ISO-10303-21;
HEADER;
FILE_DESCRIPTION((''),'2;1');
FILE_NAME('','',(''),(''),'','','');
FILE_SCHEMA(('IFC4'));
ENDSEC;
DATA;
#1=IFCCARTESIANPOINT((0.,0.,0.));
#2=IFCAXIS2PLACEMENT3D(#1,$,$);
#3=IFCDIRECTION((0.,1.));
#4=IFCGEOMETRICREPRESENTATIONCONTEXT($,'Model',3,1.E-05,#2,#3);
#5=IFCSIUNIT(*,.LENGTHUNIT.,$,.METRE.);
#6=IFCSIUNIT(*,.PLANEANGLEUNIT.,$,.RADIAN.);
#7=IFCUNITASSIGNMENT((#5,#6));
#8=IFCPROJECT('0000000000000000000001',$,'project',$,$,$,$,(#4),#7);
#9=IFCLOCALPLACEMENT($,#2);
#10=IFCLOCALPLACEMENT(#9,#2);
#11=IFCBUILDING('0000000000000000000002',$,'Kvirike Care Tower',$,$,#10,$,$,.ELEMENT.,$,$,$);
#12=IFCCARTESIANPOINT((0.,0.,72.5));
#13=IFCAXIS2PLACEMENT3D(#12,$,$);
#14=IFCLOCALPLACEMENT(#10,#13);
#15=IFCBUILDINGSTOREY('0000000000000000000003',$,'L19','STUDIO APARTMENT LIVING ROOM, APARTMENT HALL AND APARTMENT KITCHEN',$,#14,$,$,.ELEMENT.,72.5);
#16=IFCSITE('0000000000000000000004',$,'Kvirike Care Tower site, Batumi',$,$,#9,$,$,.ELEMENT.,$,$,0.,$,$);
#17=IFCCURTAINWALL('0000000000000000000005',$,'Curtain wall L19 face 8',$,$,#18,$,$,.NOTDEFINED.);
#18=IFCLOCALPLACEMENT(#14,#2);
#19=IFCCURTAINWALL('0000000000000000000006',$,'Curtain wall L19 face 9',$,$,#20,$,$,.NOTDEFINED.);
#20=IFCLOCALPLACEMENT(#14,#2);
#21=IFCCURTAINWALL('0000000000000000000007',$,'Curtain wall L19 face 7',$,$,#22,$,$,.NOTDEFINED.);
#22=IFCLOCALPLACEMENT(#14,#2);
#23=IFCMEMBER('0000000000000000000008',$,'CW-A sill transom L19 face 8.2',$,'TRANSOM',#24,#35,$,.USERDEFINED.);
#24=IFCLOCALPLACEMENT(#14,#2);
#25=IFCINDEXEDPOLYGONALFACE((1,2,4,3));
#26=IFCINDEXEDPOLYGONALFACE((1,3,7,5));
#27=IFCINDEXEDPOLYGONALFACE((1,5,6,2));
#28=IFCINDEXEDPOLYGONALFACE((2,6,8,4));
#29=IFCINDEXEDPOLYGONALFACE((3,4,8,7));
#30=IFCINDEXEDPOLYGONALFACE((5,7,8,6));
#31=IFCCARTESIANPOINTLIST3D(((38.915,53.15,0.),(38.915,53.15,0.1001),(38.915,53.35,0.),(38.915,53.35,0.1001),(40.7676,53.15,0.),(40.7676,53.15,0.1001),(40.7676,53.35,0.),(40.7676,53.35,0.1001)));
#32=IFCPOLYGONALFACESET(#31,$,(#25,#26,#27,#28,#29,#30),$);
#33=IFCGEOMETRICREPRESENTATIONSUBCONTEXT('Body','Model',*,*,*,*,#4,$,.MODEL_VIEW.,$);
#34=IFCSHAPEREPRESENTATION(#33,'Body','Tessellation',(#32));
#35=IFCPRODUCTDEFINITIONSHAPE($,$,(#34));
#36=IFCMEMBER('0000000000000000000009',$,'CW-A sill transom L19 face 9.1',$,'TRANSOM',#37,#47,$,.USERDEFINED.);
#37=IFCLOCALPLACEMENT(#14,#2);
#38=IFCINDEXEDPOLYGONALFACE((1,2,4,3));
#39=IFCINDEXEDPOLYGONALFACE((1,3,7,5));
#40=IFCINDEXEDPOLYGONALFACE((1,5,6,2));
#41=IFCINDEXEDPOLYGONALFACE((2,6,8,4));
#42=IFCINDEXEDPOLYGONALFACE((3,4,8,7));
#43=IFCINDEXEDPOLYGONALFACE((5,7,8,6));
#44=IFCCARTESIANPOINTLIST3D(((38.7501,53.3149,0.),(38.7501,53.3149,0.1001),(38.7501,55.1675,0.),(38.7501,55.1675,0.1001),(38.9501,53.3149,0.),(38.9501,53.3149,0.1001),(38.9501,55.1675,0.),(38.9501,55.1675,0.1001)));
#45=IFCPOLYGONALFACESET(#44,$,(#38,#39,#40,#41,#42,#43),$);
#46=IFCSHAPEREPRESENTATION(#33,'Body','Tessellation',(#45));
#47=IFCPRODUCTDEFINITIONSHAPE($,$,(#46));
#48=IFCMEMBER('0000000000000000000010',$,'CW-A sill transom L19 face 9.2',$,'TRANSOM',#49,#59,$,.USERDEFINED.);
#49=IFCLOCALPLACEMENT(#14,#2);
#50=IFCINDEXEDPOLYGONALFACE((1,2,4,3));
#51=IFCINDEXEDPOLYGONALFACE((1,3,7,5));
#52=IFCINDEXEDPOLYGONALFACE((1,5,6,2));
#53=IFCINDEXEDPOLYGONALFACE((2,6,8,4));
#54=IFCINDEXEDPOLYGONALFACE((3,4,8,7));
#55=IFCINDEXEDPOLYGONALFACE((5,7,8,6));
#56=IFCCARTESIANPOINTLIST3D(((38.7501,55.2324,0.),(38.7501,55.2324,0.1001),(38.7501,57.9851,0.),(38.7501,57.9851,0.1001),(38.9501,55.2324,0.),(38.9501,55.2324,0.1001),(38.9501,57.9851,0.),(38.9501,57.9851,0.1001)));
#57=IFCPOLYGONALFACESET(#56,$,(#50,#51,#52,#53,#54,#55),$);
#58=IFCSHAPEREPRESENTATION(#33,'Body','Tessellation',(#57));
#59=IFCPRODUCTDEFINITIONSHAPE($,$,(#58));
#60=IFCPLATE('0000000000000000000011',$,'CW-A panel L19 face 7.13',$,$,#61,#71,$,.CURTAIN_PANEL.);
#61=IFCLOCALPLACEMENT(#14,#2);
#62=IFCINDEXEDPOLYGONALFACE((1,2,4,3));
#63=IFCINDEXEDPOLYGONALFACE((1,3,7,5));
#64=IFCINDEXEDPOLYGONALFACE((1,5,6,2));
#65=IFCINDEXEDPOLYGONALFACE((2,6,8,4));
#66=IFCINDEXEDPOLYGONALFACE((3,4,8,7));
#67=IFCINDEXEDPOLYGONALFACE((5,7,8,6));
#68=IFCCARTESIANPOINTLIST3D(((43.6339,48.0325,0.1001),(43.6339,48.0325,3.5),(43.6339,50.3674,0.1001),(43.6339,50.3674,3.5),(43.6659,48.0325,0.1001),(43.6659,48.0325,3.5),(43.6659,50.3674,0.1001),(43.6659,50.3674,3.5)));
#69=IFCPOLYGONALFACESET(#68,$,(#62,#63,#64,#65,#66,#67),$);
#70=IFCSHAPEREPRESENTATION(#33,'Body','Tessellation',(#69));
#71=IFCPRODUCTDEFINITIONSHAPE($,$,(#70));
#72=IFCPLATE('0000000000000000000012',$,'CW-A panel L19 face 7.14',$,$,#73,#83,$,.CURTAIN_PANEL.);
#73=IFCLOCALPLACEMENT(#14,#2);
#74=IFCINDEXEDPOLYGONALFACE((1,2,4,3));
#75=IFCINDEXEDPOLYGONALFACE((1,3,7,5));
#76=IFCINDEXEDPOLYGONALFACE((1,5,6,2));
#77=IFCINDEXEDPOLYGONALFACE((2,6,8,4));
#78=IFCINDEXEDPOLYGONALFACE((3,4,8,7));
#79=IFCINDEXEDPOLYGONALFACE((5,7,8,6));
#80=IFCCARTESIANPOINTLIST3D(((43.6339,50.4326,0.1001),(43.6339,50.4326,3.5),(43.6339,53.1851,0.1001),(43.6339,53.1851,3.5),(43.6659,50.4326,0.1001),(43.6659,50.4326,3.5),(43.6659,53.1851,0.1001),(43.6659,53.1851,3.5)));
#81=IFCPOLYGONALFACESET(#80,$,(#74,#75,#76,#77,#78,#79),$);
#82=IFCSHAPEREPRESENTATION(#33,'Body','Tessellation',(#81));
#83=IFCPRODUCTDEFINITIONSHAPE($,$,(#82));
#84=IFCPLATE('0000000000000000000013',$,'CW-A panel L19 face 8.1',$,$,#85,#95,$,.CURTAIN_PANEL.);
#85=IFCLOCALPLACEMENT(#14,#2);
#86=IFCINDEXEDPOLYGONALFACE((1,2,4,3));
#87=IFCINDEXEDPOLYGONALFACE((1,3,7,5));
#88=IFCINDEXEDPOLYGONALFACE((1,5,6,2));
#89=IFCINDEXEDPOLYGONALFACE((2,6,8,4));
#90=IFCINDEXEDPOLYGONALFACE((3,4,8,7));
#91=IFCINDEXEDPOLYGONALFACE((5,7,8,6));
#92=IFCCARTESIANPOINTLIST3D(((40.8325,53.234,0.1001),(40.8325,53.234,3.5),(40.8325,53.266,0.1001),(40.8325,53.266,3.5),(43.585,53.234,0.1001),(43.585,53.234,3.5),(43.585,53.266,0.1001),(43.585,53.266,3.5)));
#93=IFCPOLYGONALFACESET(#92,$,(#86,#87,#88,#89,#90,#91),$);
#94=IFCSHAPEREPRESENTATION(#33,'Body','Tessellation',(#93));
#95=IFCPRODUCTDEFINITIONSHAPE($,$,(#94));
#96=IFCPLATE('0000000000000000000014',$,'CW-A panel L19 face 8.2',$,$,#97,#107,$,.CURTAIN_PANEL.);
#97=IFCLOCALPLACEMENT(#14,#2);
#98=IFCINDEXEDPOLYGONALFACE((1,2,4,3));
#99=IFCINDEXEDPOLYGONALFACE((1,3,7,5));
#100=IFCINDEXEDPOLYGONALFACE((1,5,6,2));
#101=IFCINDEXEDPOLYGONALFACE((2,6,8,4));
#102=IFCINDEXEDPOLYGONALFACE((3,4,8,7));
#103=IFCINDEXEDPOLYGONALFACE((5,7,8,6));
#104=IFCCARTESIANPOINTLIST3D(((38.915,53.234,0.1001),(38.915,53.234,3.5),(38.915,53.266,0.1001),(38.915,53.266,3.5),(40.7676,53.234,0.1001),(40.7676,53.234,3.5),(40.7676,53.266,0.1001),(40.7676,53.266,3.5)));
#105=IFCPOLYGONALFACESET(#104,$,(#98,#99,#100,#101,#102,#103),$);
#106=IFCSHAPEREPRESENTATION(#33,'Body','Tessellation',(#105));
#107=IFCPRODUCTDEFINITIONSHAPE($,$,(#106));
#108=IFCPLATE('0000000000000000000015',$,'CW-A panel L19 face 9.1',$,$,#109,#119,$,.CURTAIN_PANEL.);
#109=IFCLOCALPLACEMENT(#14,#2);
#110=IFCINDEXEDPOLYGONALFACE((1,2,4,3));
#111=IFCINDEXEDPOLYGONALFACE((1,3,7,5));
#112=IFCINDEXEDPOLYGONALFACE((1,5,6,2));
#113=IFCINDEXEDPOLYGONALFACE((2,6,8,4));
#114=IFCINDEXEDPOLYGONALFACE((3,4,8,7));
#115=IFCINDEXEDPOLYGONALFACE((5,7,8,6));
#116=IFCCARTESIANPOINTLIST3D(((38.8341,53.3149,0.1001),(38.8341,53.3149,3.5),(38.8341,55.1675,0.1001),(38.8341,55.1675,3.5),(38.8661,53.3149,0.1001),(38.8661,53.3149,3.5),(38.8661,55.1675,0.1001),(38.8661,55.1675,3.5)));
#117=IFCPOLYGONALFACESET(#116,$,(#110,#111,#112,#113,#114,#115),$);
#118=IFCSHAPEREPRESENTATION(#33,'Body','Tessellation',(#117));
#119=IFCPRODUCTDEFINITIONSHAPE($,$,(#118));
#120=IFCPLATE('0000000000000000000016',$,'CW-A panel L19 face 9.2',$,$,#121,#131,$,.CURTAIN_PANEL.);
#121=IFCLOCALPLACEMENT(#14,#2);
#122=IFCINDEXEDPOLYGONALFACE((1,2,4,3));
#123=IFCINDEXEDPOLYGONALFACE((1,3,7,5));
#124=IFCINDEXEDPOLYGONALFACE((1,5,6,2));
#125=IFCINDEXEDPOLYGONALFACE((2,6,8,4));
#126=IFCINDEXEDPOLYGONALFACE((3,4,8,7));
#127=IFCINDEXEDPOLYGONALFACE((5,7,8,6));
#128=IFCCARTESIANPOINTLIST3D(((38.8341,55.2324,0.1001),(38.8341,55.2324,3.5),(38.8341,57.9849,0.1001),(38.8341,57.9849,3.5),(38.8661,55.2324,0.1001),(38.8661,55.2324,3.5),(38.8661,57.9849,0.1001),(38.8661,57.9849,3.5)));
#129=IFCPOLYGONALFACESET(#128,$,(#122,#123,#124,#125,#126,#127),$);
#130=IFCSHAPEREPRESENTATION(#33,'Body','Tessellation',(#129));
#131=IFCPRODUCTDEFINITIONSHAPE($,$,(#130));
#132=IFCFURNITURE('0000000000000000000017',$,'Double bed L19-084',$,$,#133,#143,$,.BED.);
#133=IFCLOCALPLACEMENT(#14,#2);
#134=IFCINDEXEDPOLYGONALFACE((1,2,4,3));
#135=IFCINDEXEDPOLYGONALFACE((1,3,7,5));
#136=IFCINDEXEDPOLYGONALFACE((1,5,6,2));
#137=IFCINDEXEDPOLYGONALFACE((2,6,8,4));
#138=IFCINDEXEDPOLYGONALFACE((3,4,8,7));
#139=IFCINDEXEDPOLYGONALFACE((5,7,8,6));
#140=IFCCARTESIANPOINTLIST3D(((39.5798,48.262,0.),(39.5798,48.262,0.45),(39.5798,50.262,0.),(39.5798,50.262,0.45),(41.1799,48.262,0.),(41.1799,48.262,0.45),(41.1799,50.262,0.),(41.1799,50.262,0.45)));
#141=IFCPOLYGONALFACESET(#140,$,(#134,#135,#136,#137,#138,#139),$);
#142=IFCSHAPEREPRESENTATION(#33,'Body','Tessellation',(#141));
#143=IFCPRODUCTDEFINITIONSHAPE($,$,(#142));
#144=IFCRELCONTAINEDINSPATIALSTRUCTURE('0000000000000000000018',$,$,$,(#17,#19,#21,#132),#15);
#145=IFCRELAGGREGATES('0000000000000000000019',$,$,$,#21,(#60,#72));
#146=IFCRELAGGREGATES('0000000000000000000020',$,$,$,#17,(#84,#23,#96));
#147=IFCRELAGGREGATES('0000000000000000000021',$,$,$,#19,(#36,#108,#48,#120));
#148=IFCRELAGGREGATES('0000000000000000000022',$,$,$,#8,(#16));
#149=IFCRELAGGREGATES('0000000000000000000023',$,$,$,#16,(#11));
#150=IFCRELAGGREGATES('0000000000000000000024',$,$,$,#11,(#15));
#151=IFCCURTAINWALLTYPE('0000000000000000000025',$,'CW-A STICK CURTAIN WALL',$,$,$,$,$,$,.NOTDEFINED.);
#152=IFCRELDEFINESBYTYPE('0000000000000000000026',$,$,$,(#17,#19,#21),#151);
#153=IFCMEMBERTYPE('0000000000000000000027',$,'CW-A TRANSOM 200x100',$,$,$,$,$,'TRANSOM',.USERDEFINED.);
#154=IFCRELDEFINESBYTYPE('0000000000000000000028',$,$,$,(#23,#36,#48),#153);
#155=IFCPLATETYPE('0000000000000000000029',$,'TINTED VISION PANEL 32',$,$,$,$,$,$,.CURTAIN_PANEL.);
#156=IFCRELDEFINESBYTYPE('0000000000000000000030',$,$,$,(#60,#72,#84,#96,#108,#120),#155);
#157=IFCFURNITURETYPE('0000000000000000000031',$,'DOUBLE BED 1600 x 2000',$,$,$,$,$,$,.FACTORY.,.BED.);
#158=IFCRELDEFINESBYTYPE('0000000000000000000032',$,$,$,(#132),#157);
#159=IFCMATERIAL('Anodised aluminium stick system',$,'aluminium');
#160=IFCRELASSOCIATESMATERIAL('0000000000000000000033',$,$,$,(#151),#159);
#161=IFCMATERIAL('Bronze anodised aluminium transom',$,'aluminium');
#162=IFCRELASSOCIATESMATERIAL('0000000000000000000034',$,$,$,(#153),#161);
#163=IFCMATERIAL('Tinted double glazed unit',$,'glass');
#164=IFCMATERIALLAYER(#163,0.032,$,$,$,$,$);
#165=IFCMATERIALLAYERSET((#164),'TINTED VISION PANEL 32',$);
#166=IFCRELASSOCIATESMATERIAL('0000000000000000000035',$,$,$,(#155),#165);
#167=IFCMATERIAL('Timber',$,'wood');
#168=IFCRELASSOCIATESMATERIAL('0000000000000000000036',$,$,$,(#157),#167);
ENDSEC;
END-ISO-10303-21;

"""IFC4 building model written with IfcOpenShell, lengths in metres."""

from ifc_helpers import new_model, si_unit, direction, frame, origin, origin_2d, place, context, subcontext, project, spatial, rectangle, extrude, material, layer, layer_set, material_profile, profile_set, type_object, element, aggregate, save


model = new_model("IFC4")

# Units and contexts
model_context = context("Model", 3, precision=1e-05, world=origin(), true_north=direction((0.0, 1.0)))
body_context = subcontext(model_context, "Body", "Model", "MODEL_VIEW")
ifc_project = project(units=[si_unit("LENGTHUNIT", "METRE"), si_unit("PLANEANGLEUNIT", "RADIAN")], contexts=[model_context])

# Site, building, storey
site_placement = place(None, origin())
site = spatial("IfcSite", under=ifc_project, at=site_placement, Name="Kvirike Care Tower site, Batumi", CompositionType="ELEMENT", RefElevation=0.0)
building_placement = place(site_placement, origin())
building = spatial("IfcBuilding", under=site, at=building_placement, Name="Kvirike Care Tower", CompositionType="ELEMENT")
storey_placement = place(building_placement, frame((0.0, 0.0, 72.5)))
storey = spatial("IfcBuildingStorey", under=building, at=storey_placement, Name="L19", Description="STUDIO APARTMENT LIVING ROOM, APARTMENT HALL AND APARTMENT KITCHEN", CompositionType="ELEMENT", Elevation=72.5)

# Curtain walls
ifc_material_1 = material(Name="Anodised aluminium stick system", Category="aluminium")
curtain_wall_type = type_object("IfcCurtainWallType", Name="CW-A STICK CURTAIN WALL", PredefinedType="NOTDEFINED", material=ifc_material_1)
curtain_wall_1_placement = place(storey_placement, origin())
curtain_wall_1 = element("IfcCurtainWall", 1, at=curtain_wall_1_placement, inside=storey, type_object=curtain_wall_type, Name="Curtain wall L19 face 8", PredefinedType="NOTDEFINED")
curtain_wall_2_placement = place(storey_placement, origin())
curtain_wall_2 = element("IfcCurtainWall", 2, at=curtain_wall_2_placement, inside=storey, type_object=curtain_wall_type, Name="Curtain wall L19 face 9", PredefinedType="NOTDEFINED")

# Curtain wall
curtain_wall_3_placement = place(storey_placement, origin())
curtain_wall_3 = element("IfcCurtainWall", 3, at=curtain_wall_3_placement, inside=storey, type_object=curtain_wall_type, Name="Curtain wall L19 face 7", PredefinedType="NOTDEFINED")

# Members
ifc_material_2 = material(Name="Bronze anodised aluminium transom", Category="aluminium")
ifc_material_profile_1 = material_profile(ifc_material_2, rectangle(XDim=0.2, YDim=0.1001, at=origin_2d()), Name="CW-A TRANSOM 200x100")
ifc_profile_set_1 = profile_set([ifc_material_profile_1], Name="Bronze anodised aluminium transom")
member_type_1 = type_object("IfcMemberType", Name="CW-A TRANSOM 200x100", ElementType="TRANSOM", PredefinedType="USERDEFINED", material=ifc_profile_set_1)
member_1_placement = place(storey_placement, frame((40.7676, 53.25, 0.05), z_axis=(-1.0, 0.0, 0.0), x_axis=(0.0, -1.0, 0.0)))
member_1 = element("IfcMember", 4, at=member_1_placement, type_object=member_type_1, Name="CW-A sill transom L19 face 8.2", ObjectType="TRANSOM", PredefinedType="USERDEFINED", context=body_context, shape_type="SweptSolid", body=[
    extrude(rectangle(XDim=0.2, YDim=0.1001, at=origin_2d()), origin(), (0.0, 0.0, 1.0), 1.8525),
])
member_2_placement = place(storey_placement, frame((38.8501, 53.3149, 0.05), z_axis=(0.0, 1.0, 0.0), x_axis=(-1.0, 0.0, 0.0)))
member_2 = element("IfcMember", 5, at=member_2_placement, type_object=member_type_1, Name="CW-A sill transom L19 face 9.1", ObjectType="TRANSOM", PredefinedType="USERDEFINED", context=body_context, shape_type="SweptSolid", body=[
    extrude(rectangle(XDim=0.2, YDim=0.1001, at=origin_2d()), origin(), (0.0, 0.0, 1.0), 1.8525),
])
member_3_placement = place(storey_placement, frame((38.8501, 55.2324, 0.05), z_axis=(0.0, 1.0, 0.0), x_axis=(-1.0, 0.0, 0.0)))
member_3 = element("IfcMember", 6, at=member_3_placement, type_object=member_type_1, Name="CW-A sill transom L19 face 9.2", ObjectType="TRANSOM", PredefinedType="USERDEFINED", context=body_context, shape_type="SweptSolid", body=[
    extrude(rectangle(XDim=0.2, YDim=0.1001, at=origin_2d()), origin(), (0.0, 0.0, 1.0), 2.7527),
])

# Plates
ifc_material_3 = material(Name="Tinted double glazed unit", Category="glass")
ifc_layer = layer(ifc_material_3, 0.032)
ifc_layer_set = layer_set([ifc_layer], Name="TINTED VISION PANEL 32")
plate_type = type_object("IfcPlateType", Name="TINTED VISION PANEL 32", PredefinedType="CURTAIN_PANEL", material=ifc_layer_set)
plate_1_placement = place(storey_placement, frame((43.6499, 49.2, 0.1001), z_axis=(0.0, 0.0, 1.0), x_axis=(0.0, 1.0, 0.0)))
plate_1 = element("IfcPlate", 7, at=plate_1_placement, type_object=plate_type, Name="CW-A panel L19 face 7.13", PredefinedType="CURTAIN_PANEL", context=body_context, shape_type="SweptSolid", body=[
    extrude(rectangle(XDim=2.335, YDim=0.032, at=origin_2d()), origin(), (0.0, 0.0, 1.0), 3.3999),
])
plate_2_placement = place(storey_placement, frame((43.6499, 51.8088, 0.1001), z_axis=(0.0, 0.0, 1.0), x_axis=(0.0, 1.0, 0.0)))
plate_2 = element("IfcPlate", 8, at=plate_2_placement, type_object=plate_type, Name="CW-A panel L19 face 7.14", PredefinedType="CURTAIN_PANEL", context=body_context, shape_type="SweptSolid", body=[
    extrude(rectangle(XDim=2.7524, YDim=0.032, at=origin_2d()), origin(), (0.0, 0.0, 1.0), 3.3999),
])
aggregate(curtain_wall_3, [plate_1, plate_2])
plate_3_placement = place(storey_placement, frame((42.2087, 53.25, 0.1001), z_axis=(0.0, 0.0, 1.0), x_axis=(-1.0, 0.0, 0.0)))
plate_3 = element("IfcPlate", 9, at=plate_3_placement, type_object=plate_type, Name="CW-A panel L19 face 8.1", PredefinedType="CURTAIN_PANEL", context=body_context, shape_type="SweptSolid", body=[
    extrude(rectangle(XDim=2.7524, YDim=0.032, at=origin_2d()), origin(), (0.0, 0.0, 1.0), 3.3999),
])
plate_4_placement = place(storey_placement, frame((39.8413, 53.25, 0.1001), z_axis=(0.0, 0.0, 1.0), x_axis=(-1.0, 0.0, 0.0)))
plate_4 = element("IfcPlate", 10, at=plate_4_placement, type_object=plate_type, Name="CW-A panel L19 face 8.2", PredefinedType="CURTAIN_PANEL", context=body_context, shape_type="SweptSolid", body=[
    extrude(rectangle(XDim=1.8525, YDim=0.032, at=origin_2d()), origin(), (0.0, 0.0, 1.0), 3.3999),
])
aggregate(curtain_wall_1, [plate_3, member_1, plate_4])
plate_5_placement = place(storey_placement, frame((38.8501, 54.2412, 0.1001), z_axis=(0.0, 0.0, 1.0), x_axis=(0.0, 1.0, 0.0)))
plate_5 = element("IfcPlate", 11, at=plate_5_placement, type_object=plate_type, Name="CW-A panel L19 face 9.1", PredefinedType="CURTAIN_PANEL", context=body_context, shape_type="SweptSolid", body=[
    extrude(rectangle(XDim=1.8525, YDim=0.032, at=origin_2d()), origin(), (0.0, 0.0, 1.0), 3.3999),
])
plate_6_placement = place(storey_placement, frame((38.8501, 56.6086, 0.1001), z_axis=(0.0, 0.0, 1.0), x_axis=(0.0, 1.0, 0.0)))
plate_6 = element("IfcPlate", 12, at=plate_6_placement, type_object=plate_type, Name="CW-A panel L19 face 9.2", PredefinedType="CURTAIN_PANEL", context=body_context, shape_type="SweptSolid", body=[
    extrude(rectangle(XDim=2.7524, YDim=0.032, at=origin_2d()), origin(), (0.0, 0.0, 1.0), 3.3999),
])
aggregate(curtain_wall_2, [member_2, plate_5, member_3, plate_6])

# Furniture
ifc_material_4 = material(Name="Timber", Category="wood")
furniture_type = type_object("IfcFurnitureType", Name="DOUBLE BED 1600 x 2000", AssemblyPlace="FACTORY", PredefinedType="BED", material=ifc_material_4)
furniture_placement = place(storey_placement, frame((40.3799, 49.262, 0.0), z_axis=(0.0, 0.0, 1.0), x_axis=(-1.0, 0.0, 0.0)))
element("IfcFurniture", 13, at=furniture_placement, inside=storey, type_object=furniture_type, Name="Double bed L19-084", PredefinedType="BED", context=body_context, shape_type="SweptSolid", body=[
    extrude(rectangle(XDim=1.6001, YDim=2.0, at=origin_2d()), origin(), (0.0, 0.0, 1.0), 0.45),
])

save(model, "model.ifc")
